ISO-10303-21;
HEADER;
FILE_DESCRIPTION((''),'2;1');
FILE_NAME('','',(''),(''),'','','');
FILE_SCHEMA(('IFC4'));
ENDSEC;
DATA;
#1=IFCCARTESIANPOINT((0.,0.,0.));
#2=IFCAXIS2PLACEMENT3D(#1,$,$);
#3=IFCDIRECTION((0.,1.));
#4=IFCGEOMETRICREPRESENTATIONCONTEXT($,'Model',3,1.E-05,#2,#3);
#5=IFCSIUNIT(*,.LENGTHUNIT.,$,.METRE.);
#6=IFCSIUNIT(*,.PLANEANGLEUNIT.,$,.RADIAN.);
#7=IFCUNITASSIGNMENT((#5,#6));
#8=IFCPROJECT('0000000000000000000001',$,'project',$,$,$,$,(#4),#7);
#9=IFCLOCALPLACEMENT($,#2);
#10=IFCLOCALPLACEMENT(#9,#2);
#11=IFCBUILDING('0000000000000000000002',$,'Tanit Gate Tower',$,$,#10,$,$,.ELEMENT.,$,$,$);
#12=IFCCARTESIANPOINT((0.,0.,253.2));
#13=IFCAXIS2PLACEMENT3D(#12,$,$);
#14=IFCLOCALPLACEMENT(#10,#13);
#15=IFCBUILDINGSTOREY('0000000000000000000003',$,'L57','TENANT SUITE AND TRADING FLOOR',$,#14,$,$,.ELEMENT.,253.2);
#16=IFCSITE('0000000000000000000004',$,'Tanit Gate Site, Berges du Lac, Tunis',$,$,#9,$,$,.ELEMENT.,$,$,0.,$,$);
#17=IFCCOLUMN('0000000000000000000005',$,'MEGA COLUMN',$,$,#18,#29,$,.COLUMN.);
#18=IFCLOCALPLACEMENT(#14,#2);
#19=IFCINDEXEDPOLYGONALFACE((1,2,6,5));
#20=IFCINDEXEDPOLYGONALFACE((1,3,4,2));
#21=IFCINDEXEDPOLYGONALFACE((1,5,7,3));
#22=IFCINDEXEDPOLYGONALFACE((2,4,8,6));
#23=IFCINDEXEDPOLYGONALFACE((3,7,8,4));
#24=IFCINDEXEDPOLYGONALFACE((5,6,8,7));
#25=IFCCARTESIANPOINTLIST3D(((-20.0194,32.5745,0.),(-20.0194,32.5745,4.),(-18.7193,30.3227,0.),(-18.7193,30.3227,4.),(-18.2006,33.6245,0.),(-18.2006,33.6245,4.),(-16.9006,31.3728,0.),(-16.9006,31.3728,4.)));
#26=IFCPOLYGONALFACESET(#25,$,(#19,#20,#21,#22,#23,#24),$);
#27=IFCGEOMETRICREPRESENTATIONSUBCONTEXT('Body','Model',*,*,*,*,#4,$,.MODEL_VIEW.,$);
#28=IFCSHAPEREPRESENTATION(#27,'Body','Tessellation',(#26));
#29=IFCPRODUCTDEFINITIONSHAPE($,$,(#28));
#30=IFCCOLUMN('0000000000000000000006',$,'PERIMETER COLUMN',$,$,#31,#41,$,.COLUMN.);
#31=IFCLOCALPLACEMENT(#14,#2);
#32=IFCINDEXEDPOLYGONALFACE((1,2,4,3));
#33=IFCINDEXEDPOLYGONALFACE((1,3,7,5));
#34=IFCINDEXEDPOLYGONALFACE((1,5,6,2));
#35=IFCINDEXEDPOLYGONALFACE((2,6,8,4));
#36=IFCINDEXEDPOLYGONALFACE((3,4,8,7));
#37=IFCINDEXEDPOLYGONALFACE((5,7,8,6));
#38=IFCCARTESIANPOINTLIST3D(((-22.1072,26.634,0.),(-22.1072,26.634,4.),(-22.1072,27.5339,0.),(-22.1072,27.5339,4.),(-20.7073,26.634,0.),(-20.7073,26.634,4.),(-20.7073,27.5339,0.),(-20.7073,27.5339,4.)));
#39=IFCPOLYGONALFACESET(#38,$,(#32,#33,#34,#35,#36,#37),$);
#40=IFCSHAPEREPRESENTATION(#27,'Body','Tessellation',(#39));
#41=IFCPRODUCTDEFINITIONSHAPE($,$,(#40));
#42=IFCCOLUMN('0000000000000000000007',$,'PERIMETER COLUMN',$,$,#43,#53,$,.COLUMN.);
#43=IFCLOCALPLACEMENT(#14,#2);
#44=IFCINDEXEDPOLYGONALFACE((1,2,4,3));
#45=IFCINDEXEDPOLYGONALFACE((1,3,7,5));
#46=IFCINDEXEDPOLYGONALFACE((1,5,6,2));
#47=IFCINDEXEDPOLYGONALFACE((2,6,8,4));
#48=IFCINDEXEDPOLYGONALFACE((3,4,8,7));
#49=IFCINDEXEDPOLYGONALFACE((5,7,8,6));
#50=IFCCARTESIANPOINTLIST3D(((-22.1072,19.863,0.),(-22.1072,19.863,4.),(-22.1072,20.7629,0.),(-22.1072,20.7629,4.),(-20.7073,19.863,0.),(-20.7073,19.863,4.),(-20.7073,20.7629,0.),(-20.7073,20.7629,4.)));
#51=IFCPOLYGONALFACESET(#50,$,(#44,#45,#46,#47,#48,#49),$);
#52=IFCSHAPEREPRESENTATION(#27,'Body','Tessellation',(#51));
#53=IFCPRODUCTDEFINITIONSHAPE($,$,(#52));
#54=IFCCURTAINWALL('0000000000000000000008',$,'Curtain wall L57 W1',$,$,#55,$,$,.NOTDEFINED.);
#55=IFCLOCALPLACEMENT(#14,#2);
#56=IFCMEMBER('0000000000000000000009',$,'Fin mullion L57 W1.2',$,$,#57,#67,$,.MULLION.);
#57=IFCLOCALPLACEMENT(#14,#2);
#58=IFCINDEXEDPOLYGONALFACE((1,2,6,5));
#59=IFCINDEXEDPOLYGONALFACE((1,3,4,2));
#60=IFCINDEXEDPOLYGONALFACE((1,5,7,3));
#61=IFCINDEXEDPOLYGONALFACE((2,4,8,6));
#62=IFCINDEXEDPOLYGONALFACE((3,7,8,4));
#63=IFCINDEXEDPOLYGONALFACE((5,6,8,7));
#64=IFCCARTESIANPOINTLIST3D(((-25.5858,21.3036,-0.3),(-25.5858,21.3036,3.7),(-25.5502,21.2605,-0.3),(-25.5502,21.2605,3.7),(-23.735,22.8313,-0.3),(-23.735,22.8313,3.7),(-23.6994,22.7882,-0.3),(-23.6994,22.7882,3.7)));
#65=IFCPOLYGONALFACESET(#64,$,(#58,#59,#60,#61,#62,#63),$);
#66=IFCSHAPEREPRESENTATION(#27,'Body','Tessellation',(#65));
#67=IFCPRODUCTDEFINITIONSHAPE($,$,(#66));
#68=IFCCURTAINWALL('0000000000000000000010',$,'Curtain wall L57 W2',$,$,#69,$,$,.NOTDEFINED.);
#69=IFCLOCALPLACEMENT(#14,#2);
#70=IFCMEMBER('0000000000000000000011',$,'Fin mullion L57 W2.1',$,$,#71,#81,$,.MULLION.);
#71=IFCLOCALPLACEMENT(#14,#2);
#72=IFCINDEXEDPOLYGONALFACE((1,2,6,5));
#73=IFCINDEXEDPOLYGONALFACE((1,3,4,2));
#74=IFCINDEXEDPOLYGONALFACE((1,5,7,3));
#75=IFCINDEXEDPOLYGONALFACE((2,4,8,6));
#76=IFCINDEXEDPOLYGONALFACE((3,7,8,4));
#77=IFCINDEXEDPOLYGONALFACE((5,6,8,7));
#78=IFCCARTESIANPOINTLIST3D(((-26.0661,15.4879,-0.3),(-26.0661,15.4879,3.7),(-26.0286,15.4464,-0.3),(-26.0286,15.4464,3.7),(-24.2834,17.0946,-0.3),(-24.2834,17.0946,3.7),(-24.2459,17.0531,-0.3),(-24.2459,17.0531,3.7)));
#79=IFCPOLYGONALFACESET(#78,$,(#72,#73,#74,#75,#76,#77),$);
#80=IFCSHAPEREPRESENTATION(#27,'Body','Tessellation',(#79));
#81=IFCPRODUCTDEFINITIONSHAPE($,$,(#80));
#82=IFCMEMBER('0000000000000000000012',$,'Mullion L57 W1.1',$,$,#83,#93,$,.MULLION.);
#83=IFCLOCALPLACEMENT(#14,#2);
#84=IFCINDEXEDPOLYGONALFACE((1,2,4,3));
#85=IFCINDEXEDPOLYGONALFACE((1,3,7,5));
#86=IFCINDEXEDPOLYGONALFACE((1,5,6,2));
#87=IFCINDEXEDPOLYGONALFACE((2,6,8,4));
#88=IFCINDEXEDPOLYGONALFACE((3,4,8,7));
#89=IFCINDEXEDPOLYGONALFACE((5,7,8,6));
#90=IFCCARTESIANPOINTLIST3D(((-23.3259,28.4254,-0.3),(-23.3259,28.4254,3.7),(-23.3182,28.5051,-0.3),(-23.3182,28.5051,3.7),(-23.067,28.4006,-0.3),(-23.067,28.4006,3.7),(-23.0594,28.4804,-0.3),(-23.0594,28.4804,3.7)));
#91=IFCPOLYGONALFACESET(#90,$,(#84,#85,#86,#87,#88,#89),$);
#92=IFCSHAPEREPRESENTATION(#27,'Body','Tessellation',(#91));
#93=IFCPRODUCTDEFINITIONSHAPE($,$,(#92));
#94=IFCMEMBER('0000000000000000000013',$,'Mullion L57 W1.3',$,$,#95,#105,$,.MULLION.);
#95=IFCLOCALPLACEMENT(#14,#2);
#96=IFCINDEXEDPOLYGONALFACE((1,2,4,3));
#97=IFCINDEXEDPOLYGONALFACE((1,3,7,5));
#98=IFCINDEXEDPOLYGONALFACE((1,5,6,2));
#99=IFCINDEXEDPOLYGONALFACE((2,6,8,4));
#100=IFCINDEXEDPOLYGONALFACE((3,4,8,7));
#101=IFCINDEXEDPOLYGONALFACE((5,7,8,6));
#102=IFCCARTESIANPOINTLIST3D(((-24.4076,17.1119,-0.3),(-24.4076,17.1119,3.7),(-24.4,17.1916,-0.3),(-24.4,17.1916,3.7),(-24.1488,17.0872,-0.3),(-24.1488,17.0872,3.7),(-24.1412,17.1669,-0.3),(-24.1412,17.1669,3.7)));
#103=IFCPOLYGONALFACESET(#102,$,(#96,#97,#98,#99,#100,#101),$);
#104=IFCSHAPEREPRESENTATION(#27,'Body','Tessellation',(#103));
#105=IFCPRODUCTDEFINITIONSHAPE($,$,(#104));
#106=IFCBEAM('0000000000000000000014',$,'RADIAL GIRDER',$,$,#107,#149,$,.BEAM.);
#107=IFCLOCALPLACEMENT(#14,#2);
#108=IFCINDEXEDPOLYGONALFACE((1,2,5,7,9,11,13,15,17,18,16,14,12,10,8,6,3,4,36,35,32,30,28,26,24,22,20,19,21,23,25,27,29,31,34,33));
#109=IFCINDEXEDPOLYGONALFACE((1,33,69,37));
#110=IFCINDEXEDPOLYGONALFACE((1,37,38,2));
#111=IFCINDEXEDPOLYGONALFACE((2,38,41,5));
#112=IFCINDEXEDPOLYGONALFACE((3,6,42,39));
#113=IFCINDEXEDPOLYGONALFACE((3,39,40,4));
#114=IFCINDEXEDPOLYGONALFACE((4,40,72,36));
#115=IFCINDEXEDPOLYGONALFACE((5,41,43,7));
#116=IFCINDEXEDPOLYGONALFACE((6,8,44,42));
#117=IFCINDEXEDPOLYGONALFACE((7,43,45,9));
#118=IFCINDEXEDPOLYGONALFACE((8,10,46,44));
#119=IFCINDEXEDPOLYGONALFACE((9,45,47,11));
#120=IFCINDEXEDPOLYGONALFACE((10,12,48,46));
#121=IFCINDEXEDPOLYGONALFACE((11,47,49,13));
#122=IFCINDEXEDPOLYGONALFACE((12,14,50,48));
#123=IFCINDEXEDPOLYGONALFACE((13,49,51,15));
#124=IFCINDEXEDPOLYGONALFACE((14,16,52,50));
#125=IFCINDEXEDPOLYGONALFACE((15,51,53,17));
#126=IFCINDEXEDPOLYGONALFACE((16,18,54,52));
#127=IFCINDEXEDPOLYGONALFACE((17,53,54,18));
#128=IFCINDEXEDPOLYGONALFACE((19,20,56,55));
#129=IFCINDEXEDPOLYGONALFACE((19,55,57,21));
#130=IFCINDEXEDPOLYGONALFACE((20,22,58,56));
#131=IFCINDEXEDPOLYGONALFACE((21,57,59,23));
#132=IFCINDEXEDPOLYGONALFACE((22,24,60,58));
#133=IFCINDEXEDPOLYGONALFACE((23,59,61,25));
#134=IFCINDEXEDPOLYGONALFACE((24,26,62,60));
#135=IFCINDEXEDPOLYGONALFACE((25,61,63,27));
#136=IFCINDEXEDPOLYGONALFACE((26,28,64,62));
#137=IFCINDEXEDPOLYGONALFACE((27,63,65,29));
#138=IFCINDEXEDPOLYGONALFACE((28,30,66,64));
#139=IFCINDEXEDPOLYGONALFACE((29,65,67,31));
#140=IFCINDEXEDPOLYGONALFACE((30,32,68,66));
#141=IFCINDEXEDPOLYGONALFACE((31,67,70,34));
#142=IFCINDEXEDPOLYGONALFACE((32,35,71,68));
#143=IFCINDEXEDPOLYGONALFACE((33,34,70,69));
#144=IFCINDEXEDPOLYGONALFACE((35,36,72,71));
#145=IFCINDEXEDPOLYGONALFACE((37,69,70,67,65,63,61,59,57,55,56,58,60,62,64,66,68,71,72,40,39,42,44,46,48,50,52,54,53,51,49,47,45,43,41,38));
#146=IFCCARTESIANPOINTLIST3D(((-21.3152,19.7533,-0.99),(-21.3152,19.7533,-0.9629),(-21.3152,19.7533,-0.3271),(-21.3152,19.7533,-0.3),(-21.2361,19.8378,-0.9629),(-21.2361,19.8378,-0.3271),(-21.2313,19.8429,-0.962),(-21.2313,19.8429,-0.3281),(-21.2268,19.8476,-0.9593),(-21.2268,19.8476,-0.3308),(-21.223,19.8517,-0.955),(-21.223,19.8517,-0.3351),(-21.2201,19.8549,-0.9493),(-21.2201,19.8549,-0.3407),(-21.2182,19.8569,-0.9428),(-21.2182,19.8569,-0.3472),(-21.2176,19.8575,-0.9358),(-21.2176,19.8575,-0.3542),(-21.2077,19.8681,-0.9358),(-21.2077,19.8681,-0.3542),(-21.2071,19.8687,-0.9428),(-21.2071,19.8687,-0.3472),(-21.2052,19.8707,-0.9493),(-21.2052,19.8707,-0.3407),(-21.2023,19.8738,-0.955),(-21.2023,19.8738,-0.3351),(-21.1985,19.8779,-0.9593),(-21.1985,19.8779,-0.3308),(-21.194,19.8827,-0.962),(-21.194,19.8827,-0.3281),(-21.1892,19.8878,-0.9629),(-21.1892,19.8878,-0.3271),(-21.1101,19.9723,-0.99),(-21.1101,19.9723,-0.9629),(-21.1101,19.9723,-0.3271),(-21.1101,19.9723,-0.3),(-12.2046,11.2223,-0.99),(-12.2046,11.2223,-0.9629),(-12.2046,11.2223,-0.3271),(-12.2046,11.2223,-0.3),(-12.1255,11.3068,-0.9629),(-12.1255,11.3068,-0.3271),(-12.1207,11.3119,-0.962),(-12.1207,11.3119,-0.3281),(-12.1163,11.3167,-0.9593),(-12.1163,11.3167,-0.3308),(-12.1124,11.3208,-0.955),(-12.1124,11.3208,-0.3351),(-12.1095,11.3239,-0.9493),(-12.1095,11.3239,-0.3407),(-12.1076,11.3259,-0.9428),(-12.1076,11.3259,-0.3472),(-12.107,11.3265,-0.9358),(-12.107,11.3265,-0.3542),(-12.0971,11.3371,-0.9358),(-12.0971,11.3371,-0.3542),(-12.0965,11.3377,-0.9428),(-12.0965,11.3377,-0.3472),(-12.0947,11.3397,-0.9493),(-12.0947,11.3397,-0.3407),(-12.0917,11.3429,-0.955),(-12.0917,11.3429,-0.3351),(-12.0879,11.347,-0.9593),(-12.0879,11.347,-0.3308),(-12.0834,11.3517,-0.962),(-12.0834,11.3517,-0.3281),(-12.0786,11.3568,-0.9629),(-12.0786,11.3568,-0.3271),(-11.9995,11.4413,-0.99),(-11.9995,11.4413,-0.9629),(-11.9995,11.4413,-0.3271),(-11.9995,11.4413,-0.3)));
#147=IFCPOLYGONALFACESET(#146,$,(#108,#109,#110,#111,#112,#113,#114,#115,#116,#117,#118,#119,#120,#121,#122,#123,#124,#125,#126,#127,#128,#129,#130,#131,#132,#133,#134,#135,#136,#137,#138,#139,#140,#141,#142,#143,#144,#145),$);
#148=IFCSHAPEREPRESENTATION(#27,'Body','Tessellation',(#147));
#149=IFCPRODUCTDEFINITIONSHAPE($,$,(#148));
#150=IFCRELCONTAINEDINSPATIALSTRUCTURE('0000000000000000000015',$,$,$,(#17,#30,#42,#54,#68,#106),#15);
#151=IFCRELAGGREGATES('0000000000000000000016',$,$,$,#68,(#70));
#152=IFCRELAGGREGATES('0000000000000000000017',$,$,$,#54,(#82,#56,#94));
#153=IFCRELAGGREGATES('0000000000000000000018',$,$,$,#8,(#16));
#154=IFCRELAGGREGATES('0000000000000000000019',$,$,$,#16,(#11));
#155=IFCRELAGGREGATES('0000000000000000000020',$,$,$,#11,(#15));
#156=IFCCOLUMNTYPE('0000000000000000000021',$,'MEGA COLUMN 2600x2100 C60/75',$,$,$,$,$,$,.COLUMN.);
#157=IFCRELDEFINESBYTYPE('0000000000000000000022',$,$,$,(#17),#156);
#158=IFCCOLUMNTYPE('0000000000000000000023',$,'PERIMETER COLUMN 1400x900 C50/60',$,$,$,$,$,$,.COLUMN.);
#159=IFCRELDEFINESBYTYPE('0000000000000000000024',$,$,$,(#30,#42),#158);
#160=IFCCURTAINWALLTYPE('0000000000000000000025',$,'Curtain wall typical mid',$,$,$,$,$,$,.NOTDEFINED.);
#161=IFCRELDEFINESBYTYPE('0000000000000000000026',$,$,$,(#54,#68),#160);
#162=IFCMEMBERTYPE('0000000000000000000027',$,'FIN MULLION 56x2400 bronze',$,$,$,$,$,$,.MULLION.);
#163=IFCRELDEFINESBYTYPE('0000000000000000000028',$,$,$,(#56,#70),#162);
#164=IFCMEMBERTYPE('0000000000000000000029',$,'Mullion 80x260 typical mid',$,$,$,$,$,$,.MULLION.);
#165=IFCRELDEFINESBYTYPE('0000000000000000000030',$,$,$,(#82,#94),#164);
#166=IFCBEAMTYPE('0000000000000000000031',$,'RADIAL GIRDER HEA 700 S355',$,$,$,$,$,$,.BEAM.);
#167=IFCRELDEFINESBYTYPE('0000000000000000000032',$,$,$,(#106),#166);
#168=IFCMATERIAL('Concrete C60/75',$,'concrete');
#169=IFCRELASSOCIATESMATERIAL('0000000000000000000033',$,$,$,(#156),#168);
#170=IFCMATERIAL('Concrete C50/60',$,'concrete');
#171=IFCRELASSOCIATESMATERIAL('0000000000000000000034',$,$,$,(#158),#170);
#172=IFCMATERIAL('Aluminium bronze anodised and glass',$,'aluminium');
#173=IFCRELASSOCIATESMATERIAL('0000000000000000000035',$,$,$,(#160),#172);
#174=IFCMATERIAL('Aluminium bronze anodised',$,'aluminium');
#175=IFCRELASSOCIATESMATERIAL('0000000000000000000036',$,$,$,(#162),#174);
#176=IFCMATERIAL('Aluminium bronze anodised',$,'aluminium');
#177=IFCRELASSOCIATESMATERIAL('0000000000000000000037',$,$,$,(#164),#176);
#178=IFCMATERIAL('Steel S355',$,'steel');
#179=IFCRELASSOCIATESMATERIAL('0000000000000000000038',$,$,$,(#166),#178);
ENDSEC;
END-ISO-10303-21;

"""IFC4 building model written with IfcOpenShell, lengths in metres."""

from ifc_helpers import new_model, si_unit, direction, frame, origin, origin_2d, place, context, subcontext, project, spatial, rectangle, i_section, extrude, material, material_profile, profile_set, type_object, element, aggregate, save


model = new_model("IFC4")

# Units and contexts
model_context = context("Model", 3, precision=1e-05, world=origin(), true_north=direction((0.0, 1.0)))
body_context = subcontext(model_context, "Body", "Model", "MODEL_VIEW")
ifc_project = project(units=[si_unit("LENGTHUNIT", "METRE"), si_unit("PLANEANGLEUNIT", "RADIAN")], contexts=[model_context])

# Site, building, storey
site_placement = place(None, origin())
site = spatial("IfcSite", under=ifc_project, at=site_placement, Name="Tanit Gate Site, Berges du Lac, Tunis", CompositionType="ELEMENT", RefElevation=0.0)
building_placement = place(site_placement, origin())
building = spatial("IfcBuilding", under=site, at=building_placement, Name="Tanit Gate Tower", CompositionType="ELEMENT")
storey_placement = place(building_placement, frame((0.0, 0.0, 253.2)))
storey = spatial("IfcBuildingStorey", under=building, at=storey_placement, Name="L57", Description="TENANT SUITE AND TRADING FLOOR", CompositionType="ELEMENT", Elevation=253.2)

# Columns
ifc_material_1 = material(Name="Concrete C60/75", Category="concrete")
ifc_material_profile_1 = material_profile(ifc_material_1, rectangle(XDim=2.6001, YDim=2.1001, at=origin_2d()), Name="RC 2600x2100")
ifc_profile_set_1 = profile_set([ifc_material_profile_1], Name="Concrete C60/75")
column_type_1 = type_object("IfcColumnType", Name="MEGA COLUMN 2600x2100 C60/75", PredefinedType="COLUMN", material=ifc_profile_set_1)
column_placement = place(storey_placement, frame((-18.46, 31.9736, 0.0), z_axis=(0.0, 0.0, 1.0), x_axis=(-0.5, 0.866025, 0.0)))
element("IfcColumn", 1, at=column_placement, inside=storey, type_object=column_type_1, Name="MEGA COLUMN", PredefinedType="COLUMN", context=body_context, shape_type="SweptSolid", body=[
    extrude(rectangle(XDim=2.6001, YDim=2.1001, at=origin_2d()), origin(), (0.0, 0.0, 1.0), 4.0),
])
ifc_material_2 = material(Name="Concrete C50/60", Category="concrete")
ifc_material_profile_2 = material_profile(ifc_material_2, rectangle(XDim=1.3999, YDim=0.8999, at=origin_2d()), Name="RC 1400x900")
ifc_profile_set_2 = profile_set([ifc_material_profile_2], Name="Concrete C50/60")
column_type_2 = type_object("IfcColumnType", Name="PERIMETER COLUMN 1400x900 C50/60", PredefinedType="COLUMN", material=ifc_profile_set_2)
for number, where, z_axis, x_axis, name in (
    (2, (-21.4072, 27.084, 0.0), (0.0, 0.0, 1.0), (-1.0, 0.0, 0.0), "PERIMETER COLUMN"),
    (3, (-21.4072, 20.313, 0.0), (0.0, 0.0, 1.0), (-1.0, 0.0, 0.0), "PERIMETER COLUMN"),
):
    element("IfcColumn", number, at=place(storey_placement, frame(where, z_axis=z_axis, x_axis=x_axis)), inside=storey, type_object=column_type_2, Name=name, PredefinedType="COLUMN", context=body_context, shape_type="SweptSolid", body=[
        extrude(rectangle(XDim=1.3999, YDim=0.8999, at=origin_2d()), origin(), (0.0, 0.0, 1.0), 4.0),
    ])

# Curtain walls, members
ifc_material_3 = material(Name="Aluminium bronze anodised and glass", Category="aluminium")
curtain_wall_type = type_object("IfcCurtainWallType", Name="Curtain wall typical mid", PredefinedType="NOTDEFINED", material=ifc_material_3)
curtain_wall_1_placement = place(storey_placement, origin())
curtain_wall_1 = element("IfcCurtainWall", 4, at=curtain_wall_1_placement, inside=storey, type_object=curtain_wall_type, Name="Curtain wall L57 W1", PredefinedType="NOTDEFINED")
ifc_material_4 = material(Name="Aluminium bronze anodised", Category="aluminium")
ifc_material_profile_3 = material_profile(ifc_material_4, rectangle(XDim=2.3999, YDim=0.0559, at=origin_2d()), Name="56x2400 bronze fin mullion")
ifc_profile_set_3 = profile_set([ifc_material_profile_3], Name="Aluminium bronze anodised")
member_type_1 = type_object("IfcMemberType", Name="FIN MULLION 56x2400 bronze", PredefinedType="MULLION", material=ifc_profile_set_3)
member_1_placement = place(storey_placement, frame((-24.6426, 22.0459, -0.3), z_axis=(0.0, 0.0, 1.0), x_axis=(0.7712, 0.636593, 0.0)))
member_1 = element("IfcMember", 5, at=member_1_placement, type_object=member_type_1, Name="Fin mullion L57 W1.2", PredefinedType="MULLION", context=body_context, shape_type="SweptSolid", body=[
    extrude(rectangle(XDim=2.3999, YDim=0.0559, at=origin_2d()), origin(), (0.0, 0.0, 1.0), 4.0),
])
curtain_wall_2_placement = place(storey_placement, origin())
curtain_wall_2 = element("IfcCurtainWall", 6, at=curtain_wall_2_placement, inside=storey, type_object=curtain_wall_type, Name="Curtain wall L57 W2", PredefinedType="NOTDEFINED")
member_2_placement = place(storey_placement, frame((-25.156, 16.2705, -0.3), z_axis=(0.0, 0.0, 1.0), x_axis=(0.742829, 0.669481, 0.0)))
member_2 = element("IfcMember", 7, at=member_2_placement, type_object=member_type_1, Name="Fin mullion L57 W2.1", PredefinedType="MULLION", context=body_context, shape_type="SweptSolid", body=[
    extrude(rectangle(XDim=2.3999, YDim=0.0559, at=origin_2d()), origin(), (0.0, 0.0, 1.0), 4.0),
])

# Members
ifc_material_5 = material(Name="Aluminium bronze anodised", Category="aluminium")
ifc_material_profile_4 = material_profile(ifc_material_5, rectangle(XDim=0.26, YDim=0.0801, at=origin_2d()), Name="80x260 bronze mullion")
ifc_profile_set_4 = profile_set([ifc_material_profile_4], Name="Aluminium bronze anodised")
member_type_2 = type_object("IfcMemberType", Name="Mullion 80x260 typical mid", PredefinedType="MULLION", material=ifc_profile_set_4)
member_3_placement = place(storey_placement, frame((-23.1926, 28.4529, -0.3), z_axis=(0.0, 0.0, 1.0), x_axis=(0.99546, -0.095182, 0.0)))
member_3 = element("IfcMember", 8, at=member_3_placement, type_object=member_type_2, Name="Mullion L57 W1.1", PredefinedType="MULLION", context=body_context, shape_type="SweptSolid", body=[
    extrude(rectangle(XDim=0.26, YDim=0.0801, at=origin_2d()), origin(), (0.0, 0.0, 1.0), 4.0),
])
member_4_placement = place(storey_placement, frame((-24.2744, 17.1394, -0.3), z_axis=(0.0, 0.0, 1.0), x_axis=(0.99546, -0.095182, 0.0)))
member_4 = element("IfcMember", 9, at=member_4_placement, type_object=member_type_2, Name="Mullion L57 W1.3", PredefinedType="MULLION", context=body_context, shape_type="SweptSolid", body=[
    extrude(rectangle(XDim=0.26, YDim=0.0801, at=origin_2d()), origin(), (0.0, 0.0, 1.0), 4.0),
])

# Beam
ifc_material_6 = material(Name="Steel S355", Category="steel")
ifc_material_profile_5 = material_profile(ifc_material_6, i_section(OverallWidth=0.3, OverallDepth=0.6899, WebThickness=0.0144, FlangeThickness=0.0271, FilletRadius=0.0271, at=origin_2d()), Name="HEA 700")
ifc_profile_set_5 = profile_set([ifc_material_profile_5], Name="Steel S355")
beam_type_1 = type_object("IfcBeamType", Name="RADIAL GIRDER HEA 700 S355", PredefinedType="BEAM", material=ifc_profile_set_5)
beam_1_placement = place(storey_placement, frame((-21.2126, 19.8628, -0.645), z_axis=(0.729944, -0.683507, 0.0), x_axis=(0.683507, 0.729944, 0.0)))
element("IfcBeam", 10, at=beam_1_placement, inside=storey, type_object=beam_type_1, Name="RADIAL GIRDER", PredefinedType="BEAM", context=body_context, shape_type="SweptSolid", body=[
    extrude(i_section(OverallWidth=0.3, OverallDepth=0.6899, WebThickness=0.0144, FlangeThickness=0.0271, FilletRadius=0.0271, at=origin_2d()), origin(), (0.0, 0.0, 1.0), 12.4812),
])

aggregate(curtain_wall_2, [member_2])

aggregate(curtain_wall_1, [member_3, member_1, member_4])

save(model, "model.ifc")
